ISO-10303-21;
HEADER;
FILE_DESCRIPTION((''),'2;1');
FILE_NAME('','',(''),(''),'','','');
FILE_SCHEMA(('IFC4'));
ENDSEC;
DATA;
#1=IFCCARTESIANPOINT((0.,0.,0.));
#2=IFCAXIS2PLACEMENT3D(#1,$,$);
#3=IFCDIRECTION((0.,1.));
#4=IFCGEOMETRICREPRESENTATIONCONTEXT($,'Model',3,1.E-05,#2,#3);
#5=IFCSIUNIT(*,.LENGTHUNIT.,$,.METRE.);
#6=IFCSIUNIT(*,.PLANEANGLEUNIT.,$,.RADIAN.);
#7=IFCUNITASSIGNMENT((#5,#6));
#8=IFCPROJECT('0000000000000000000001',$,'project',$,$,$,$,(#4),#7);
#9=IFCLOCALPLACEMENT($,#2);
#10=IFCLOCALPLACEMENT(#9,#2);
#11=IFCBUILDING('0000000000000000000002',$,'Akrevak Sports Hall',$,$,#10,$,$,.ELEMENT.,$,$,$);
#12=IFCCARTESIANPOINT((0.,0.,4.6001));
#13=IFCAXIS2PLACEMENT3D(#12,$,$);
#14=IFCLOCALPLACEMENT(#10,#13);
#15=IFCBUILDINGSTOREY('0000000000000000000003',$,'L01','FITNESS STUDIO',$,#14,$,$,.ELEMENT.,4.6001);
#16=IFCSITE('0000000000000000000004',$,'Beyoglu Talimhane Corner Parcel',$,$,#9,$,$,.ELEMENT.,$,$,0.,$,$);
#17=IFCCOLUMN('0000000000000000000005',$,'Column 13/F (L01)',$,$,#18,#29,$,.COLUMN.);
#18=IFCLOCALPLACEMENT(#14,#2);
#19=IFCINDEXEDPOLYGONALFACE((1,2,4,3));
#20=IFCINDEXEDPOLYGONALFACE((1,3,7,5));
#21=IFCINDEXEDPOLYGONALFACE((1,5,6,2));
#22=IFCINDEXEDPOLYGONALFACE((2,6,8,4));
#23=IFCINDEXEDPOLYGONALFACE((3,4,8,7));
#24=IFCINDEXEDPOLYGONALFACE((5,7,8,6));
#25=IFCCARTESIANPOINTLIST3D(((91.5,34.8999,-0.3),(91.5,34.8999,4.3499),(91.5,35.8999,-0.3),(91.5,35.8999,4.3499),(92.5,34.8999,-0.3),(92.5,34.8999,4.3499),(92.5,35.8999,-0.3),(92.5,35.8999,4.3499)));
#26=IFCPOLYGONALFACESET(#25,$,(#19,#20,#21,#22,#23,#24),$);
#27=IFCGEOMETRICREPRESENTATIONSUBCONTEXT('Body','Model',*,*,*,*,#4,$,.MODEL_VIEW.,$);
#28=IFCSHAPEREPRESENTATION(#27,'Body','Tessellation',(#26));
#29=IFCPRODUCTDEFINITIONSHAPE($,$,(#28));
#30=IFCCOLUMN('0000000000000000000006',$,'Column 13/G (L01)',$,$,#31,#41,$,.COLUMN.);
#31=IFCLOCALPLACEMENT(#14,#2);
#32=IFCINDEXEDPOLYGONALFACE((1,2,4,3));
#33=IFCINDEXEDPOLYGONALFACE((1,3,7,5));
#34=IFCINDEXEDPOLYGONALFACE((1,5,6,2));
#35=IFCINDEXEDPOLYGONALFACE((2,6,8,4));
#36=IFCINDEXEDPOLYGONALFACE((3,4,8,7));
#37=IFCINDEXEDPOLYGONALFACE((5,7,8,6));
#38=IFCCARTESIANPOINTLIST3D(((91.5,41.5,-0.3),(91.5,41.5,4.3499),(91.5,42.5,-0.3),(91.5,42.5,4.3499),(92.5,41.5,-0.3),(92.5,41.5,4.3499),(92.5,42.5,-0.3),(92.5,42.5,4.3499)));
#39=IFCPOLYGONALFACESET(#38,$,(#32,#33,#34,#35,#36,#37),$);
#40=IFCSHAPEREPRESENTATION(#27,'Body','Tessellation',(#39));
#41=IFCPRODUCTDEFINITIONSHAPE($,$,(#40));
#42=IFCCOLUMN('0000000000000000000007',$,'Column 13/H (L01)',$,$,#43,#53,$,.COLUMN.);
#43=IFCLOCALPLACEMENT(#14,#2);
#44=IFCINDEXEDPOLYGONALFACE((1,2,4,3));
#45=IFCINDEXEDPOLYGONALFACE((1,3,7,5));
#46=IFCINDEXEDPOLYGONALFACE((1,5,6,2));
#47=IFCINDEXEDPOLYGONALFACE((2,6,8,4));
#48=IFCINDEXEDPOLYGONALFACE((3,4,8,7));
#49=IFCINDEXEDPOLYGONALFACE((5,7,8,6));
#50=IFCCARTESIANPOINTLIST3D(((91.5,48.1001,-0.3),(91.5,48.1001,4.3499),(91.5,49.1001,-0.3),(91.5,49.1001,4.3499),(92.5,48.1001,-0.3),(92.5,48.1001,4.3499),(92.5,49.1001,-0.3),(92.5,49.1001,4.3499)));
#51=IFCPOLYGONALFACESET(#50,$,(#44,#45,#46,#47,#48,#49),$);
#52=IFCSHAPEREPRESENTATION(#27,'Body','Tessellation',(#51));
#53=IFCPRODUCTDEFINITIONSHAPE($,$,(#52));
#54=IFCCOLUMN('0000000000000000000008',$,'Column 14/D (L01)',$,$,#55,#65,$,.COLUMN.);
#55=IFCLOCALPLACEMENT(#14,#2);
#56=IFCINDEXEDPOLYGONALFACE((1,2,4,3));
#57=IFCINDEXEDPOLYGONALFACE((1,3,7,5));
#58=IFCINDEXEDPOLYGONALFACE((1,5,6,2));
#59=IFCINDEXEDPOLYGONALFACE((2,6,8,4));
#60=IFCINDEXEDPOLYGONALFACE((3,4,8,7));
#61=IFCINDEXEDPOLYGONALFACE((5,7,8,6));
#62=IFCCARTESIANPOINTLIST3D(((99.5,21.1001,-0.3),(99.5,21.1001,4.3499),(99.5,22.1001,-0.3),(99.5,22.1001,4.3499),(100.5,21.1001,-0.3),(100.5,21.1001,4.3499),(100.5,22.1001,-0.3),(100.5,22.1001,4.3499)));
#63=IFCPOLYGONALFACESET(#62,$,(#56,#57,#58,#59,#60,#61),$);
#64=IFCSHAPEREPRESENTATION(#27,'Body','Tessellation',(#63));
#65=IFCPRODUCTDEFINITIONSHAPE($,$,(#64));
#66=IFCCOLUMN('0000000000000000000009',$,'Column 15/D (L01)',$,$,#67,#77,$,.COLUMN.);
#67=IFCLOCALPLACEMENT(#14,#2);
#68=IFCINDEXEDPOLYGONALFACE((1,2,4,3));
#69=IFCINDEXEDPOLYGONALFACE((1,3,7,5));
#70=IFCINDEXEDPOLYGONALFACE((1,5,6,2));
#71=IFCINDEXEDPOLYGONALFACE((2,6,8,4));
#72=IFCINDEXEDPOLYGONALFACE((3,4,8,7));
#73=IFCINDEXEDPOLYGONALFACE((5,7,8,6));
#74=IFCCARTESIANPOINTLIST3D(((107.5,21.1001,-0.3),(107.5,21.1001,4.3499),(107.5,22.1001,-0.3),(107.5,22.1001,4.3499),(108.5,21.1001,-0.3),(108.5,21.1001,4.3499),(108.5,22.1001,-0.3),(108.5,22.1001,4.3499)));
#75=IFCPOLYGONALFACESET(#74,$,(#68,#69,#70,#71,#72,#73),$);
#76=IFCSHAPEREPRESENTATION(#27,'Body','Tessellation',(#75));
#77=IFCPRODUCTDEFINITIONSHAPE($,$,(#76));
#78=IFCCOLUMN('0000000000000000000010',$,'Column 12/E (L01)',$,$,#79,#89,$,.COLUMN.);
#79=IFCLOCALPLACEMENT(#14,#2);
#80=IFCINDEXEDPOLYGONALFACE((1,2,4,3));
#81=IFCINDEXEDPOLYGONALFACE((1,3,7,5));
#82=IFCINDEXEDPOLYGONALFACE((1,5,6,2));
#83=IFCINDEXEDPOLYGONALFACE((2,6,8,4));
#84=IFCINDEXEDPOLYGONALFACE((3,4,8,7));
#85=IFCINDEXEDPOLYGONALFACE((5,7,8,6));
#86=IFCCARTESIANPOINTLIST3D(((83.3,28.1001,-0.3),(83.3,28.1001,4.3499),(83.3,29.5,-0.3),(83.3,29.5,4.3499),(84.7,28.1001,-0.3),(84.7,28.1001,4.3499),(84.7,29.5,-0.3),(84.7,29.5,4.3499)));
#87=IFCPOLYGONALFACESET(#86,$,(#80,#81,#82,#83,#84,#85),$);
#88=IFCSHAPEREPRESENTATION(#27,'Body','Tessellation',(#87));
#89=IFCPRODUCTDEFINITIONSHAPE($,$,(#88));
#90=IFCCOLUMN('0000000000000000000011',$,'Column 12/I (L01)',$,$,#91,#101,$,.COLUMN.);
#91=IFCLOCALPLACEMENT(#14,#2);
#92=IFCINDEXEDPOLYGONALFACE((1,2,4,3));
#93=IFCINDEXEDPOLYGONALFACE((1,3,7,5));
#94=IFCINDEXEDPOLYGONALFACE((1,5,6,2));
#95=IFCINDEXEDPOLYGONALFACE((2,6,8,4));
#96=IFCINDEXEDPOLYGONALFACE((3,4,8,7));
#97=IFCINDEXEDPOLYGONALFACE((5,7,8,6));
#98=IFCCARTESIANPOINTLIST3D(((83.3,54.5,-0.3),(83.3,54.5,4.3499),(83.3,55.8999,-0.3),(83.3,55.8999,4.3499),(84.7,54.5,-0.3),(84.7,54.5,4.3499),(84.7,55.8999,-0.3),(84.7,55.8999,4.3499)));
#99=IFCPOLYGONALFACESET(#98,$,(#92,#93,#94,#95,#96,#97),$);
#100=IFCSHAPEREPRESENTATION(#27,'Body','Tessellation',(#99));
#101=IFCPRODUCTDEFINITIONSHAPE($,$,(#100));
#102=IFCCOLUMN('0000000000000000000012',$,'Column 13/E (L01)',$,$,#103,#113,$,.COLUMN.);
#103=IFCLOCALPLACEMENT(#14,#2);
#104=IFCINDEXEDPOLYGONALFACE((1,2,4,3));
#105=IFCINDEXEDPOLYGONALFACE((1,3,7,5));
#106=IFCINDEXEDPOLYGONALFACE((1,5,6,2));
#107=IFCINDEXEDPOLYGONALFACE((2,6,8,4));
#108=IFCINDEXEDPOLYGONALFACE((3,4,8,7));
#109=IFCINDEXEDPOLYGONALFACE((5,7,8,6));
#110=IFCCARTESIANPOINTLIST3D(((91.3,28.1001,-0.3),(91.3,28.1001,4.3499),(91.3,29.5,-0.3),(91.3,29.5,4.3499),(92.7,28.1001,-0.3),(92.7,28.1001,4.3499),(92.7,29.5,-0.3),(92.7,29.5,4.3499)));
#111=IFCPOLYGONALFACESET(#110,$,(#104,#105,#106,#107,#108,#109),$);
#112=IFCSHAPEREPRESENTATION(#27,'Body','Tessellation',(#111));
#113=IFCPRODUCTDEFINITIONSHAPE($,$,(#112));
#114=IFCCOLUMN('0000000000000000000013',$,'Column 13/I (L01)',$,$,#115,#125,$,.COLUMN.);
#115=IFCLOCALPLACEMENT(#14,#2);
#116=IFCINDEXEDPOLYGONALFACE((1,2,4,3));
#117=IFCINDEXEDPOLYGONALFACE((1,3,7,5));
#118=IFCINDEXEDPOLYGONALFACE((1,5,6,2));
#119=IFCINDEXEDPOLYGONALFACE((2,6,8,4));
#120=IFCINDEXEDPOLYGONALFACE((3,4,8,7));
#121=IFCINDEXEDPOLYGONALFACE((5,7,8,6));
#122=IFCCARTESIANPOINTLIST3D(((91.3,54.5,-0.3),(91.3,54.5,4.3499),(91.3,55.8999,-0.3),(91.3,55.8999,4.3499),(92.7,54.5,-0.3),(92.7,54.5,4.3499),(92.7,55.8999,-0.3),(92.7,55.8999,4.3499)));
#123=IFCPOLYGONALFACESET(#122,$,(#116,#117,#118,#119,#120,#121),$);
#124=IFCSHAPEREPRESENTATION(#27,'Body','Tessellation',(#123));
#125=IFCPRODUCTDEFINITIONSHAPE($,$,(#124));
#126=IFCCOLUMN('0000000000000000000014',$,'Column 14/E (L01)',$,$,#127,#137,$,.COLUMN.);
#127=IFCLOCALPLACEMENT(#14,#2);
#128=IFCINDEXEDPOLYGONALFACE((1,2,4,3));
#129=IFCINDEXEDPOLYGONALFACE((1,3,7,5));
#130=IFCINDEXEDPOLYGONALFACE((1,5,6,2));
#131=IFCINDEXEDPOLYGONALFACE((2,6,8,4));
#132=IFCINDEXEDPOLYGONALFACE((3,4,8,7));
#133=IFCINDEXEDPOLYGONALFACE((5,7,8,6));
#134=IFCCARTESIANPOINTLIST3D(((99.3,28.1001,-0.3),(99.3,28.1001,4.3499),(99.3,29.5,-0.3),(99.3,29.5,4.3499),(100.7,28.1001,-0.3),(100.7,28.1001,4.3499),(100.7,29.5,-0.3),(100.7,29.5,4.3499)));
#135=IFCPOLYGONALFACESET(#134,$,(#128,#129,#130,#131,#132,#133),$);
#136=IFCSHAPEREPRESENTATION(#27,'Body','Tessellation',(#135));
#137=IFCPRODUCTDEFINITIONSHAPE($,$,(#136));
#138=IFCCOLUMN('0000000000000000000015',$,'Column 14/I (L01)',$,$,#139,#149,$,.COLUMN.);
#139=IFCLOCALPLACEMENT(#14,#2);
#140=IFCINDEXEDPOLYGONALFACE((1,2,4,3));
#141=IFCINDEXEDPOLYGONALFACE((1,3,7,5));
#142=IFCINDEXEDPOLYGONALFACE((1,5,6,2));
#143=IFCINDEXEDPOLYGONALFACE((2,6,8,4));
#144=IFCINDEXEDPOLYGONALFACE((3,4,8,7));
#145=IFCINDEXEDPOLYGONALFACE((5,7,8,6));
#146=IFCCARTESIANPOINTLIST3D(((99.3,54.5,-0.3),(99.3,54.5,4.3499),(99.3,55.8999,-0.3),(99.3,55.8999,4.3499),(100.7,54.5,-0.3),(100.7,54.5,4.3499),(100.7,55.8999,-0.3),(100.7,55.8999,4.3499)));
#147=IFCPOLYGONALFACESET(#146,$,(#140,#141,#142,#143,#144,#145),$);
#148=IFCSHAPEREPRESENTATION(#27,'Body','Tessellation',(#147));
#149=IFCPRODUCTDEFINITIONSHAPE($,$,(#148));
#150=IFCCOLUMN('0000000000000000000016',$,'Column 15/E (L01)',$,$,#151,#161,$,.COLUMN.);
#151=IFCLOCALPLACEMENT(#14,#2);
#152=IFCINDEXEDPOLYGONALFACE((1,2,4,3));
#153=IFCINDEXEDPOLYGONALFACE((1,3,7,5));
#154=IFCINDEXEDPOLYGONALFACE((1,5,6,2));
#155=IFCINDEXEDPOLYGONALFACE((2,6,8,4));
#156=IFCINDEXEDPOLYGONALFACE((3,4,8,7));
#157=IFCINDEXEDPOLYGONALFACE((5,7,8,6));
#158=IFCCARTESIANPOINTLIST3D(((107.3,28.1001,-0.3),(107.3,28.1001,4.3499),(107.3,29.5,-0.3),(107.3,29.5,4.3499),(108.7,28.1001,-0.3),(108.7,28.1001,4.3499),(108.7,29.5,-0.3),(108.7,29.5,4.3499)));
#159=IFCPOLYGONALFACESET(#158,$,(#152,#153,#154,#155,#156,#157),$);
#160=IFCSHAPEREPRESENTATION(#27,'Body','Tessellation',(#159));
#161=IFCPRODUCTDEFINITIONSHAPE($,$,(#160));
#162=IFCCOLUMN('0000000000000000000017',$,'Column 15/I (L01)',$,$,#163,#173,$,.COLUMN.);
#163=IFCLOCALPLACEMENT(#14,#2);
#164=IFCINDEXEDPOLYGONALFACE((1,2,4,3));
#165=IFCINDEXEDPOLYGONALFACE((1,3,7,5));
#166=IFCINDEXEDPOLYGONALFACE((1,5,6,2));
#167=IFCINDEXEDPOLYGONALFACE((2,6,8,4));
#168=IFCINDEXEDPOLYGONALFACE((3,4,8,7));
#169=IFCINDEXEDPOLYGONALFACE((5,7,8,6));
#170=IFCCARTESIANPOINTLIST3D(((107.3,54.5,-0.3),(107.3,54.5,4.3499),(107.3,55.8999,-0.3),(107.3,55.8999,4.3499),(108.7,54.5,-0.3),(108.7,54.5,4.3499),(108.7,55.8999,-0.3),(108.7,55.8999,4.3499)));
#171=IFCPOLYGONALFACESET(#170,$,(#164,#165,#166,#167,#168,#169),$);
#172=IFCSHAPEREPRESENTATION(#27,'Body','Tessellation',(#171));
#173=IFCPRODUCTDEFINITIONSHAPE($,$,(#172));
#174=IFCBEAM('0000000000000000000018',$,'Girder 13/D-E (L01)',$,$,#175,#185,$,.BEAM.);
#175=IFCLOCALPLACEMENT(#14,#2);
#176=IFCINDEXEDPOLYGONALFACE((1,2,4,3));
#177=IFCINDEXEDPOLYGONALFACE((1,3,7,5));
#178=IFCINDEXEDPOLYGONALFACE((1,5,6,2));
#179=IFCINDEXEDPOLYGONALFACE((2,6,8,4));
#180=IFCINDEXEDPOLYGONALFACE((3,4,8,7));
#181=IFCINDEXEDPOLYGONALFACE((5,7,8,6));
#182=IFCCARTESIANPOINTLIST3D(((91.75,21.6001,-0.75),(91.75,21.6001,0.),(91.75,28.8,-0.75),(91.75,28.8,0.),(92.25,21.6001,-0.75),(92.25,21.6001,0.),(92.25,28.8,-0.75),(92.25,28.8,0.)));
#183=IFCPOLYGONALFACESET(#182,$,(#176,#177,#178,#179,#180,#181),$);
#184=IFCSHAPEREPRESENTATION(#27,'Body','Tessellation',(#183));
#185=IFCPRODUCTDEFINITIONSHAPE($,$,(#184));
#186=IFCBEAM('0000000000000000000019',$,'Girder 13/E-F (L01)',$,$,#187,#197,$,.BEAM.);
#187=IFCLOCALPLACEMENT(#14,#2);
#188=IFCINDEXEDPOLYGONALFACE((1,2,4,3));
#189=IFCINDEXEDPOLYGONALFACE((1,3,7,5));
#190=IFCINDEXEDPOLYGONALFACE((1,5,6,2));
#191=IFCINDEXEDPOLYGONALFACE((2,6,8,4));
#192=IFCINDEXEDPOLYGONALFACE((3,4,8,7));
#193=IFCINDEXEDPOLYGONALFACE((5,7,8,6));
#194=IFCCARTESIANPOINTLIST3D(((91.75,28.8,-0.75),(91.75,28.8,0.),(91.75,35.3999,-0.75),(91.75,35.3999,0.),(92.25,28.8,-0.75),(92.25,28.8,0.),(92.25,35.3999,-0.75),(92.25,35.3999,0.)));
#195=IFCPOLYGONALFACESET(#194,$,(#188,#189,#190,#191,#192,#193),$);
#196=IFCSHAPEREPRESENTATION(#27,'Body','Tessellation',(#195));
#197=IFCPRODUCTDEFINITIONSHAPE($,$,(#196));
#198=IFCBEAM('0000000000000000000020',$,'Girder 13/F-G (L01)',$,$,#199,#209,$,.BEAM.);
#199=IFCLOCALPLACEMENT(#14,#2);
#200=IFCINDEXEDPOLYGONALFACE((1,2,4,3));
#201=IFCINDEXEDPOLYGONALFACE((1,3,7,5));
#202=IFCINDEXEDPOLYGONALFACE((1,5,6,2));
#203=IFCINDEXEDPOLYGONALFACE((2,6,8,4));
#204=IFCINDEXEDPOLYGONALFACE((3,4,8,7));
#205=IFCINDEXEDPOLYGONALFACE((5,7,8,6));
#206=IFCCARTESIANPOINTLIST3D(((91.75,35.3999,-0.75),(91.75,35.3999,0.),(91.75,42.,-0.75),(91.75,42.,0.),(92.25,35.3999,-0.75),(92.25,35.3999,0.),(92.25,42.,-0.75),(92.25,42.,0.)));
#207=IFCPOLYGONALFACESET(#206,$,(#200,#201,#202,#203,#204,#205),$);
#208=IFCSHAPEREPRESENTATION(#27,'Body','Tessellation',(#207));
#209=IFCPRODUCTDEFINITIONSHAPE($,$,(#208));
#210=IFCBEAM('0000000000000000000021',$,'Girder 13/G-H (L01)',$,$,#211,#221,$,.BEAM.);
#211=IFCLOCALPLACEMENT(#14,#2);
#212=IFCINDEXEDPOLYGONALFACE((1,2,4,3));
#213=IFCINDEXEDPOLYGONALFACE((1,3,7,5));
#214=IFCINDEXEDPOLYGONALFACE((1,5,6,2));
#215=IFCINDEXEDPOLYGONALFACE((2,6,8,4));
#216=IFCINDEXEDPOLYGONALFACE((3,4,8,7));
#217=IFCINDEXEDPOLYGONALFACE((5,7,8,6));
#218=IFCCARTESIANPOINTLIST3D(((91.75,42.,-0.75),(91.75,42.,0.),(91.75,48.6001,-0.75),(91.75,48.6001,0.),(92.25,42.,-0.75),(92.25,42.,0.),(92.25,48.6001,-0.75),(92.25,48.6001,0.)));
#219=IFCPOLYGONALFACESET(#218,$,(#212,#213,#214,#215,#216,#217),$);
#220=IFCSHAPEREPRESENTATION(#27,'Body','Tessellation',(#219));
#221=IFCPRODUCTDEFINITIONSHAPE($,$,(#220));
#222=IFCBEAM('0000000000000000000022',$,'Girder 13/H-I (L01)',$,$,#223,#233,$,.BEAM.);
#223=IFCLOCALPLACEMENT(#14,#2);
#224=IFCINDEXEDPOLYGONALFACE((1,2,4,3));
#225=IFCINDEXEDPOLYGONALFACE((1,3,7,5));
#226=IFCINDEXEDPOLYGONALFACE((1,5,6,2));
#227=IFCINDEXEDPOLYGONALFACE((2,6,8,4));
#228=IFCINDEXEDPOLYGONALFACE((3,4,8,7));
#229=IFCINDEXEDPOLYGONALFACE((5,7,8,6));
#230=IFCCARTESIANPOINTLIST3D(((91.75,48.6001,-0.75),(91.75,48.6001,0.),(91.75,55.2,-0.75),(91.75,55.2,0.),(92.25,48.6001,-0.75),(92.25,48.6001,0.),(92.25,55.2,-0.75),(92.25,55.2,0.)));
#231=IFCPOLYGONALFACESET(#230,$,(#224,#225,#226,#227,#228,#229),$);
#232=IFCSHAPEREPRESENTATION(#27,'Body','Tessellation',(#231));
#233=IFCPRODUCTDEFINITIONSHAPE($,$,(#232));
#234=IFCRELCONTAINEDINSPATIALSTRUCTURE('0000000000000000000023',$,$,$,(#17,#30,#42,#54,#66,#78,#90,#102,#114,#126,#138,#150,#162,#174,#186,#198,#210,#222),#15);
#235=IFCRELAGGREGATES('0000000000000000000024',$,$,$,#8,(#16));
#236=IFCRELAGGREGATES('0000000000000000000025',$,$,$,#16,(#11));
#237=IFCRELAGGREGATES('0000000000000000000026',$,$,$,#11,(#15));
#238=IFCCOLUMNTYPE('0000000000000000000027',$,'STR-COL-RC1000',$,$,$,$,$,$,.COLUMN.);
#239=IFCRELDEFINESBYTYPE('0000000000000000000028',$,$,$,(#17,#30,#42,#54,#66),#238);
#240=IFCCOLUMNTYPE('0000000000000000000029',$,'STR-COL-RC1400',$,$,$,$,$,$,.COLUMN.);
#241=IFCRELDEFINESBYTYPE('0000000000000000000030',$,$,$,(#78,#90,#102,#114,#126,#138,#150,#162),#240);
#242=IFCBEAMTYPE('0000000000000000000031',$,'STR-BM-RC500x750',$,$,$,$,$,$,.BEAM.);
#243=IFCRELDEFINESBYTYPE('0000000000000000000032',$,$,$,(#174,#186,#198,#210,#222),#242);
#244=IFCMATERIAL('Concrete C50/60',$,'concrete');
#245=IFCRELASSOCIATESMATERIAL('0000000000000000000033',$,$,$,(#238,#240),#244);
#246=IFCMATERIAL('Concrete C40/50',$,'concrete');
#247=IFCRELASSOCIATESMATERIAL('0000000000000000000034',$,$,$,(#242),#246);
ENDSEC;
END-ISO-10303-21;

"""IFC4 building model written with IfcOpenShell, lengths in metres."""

from ifc_helpers import new_model, si_unit, direction, frame, origin, origin_2d, place, context, subcontext, project, spatial, rectangle, extrude, material, material_profile, profile_set, type_object, element, save


model = new_model("IFC4")

# Units and contexts
model_context = context("Model", 3, precision=1e-05, world=origin(), true_north=direction((0.0, 1.0)))
body_context = subcontext(model_context, "Body", "Model", "MODEL_VIEW")
ifc_project = project(units=[si_unit("LENGTHUNIT", "METRE"), si_unit("PLANEANGLEUNIT", "RADIAN")], contexts=[model_context])

# Site, building, storey
site_placement = place(None, origin())
site = spatial("IfcSite", under=ifc_project, at=site_placement, Name="Beyoglu Talimhane Corner Parcel", CompositionType="ELEMENT", RefElevation=0.0)
building_placement = place(site_placement, origin())
building = spatial("IfcBuilding", under=site, at=building_placement, Name="Akrevak Sports Hall", CompositionType="ELEMENT")
storey_placement = place(building_placement, frame((0.0, 0.0, 4.6001)))
storey = spatial("IfcBuildingStorey", under=building, at=storey_placement, Name="L01", Description="FITNESS STUDIO", CompositionType="ELEMENT", Elevation=4.6001)

# Columns
ifc_material_1 = material(Name="Concrete C50/60", Category="concrete")
ifc_material_profile_1 = material_profile(ifc_material_1, rectangle(XDim=1.0, YDim=1.0, at=origin_2d()), Name="RC 1000x1000", Category="concrete")
ifc_profile_set_1 = profile_set([ifc_material_profile_1], Name="Concrete C50/60")
column_type_1 = type_object("IfcColumnType", Name="STR-COL-RC1000", PredefinedType="COLUMN", material=ifc_profile_set_1)
for number, where, z_axis, x_axis, name in (
    (1, (92.0, 35.3999, -0.3), (0.0, 0.0, 1.0), (1.0, 0.0, 0.0), "Column 13/F (L01)"),
    (2, (92.0, 42.0, -0.3), (0.0, 0.0, 1.0), (1.0, 0.0, 0.0), "Column 13/G (L01)"),
    (3, (92.0, 48.6001, -0.3), (0.0, 0.0, 1.0), (1.0, 0.0, 0.0), "Column 13/H (L01)"),
    (4, (100.0, 21.6001, -0.3), (0.0, 0.0, 1.0), (1.0, 0.0, 0.0), "Column 14/D (L01)"),
    (5, (108.0, 21.6001, -0.3), (0.0, 0.0, 1.0), (1.0, 0.0, 0.0), "Column 15/D (L01)"),
):
    element("IfcColumn", number, at=place(storey_placement, frame(where, z_axis=z_axis, x_axis=x_axis)), inside=storey, type_object=column_type_1, Name=name, PredefinedType="COLUMN", context=body_context, shape_type="SweptSolid", body=[
        extrude(rectangle(XDim=1.0, YDim=1.0, at=origin_2d()), origin(), (0.0, 0.0, 1.0), 4.6499),
    ])
ifc_material_profile_2 = material_profile(ifc_material_1, rectangle(XDim=1.3999, YDim=1.3999, at=origin_2d()), Name="RC 1400x1400", Category="concrete")
ifc_profile_set_2 = profile_set([ifc_material_profile_2], Name="Concrete C50/60")
column_type_2 = type_object("IfcColumnType", Name="STR-COL-RC1400", PredefinedType="COLUMN", material=ifc_profile_set_2)
for number, where, z_axis, x_axis, name in (
    (6, (84.0, 28.8, -0.3), (0.0, 0.0, 1.0), (1.0, 0.0, 0.0), "Column 12/E (L01)"),
    (7, (84.0, 55.2, -0.3), (0.0, 0.0, 1.0), (1.0, 0.0, 0.0), "Column 12/I (L01)"),
    (8, (92.0, 28.8, -0.3), (0.0, 0.0, 1.0), (1.0, 0.0, 0.0), "Column 13/E (L01)"),
    (9, (92.0, 55.2, -0.3), (0.0, 0.0, 1.0), (1.0, 0.0, 0.0), "Column 13/I (L01)"),
    (10, (100.0, 28.8, -0.3), (0.0, 0.0, 1.0), (1.0, 0.0, 0.0), "Column 14/E (L01)"),
    (11, (100.0, 55.2, -0.3), (0.0, 0.0, 1.0), (1.0, 0.0, 0.0), "Column 14/I (L01)"),
    (12, (108.0, 28.8, -0.3), (0.0, 0.0, 1.0), (1.0, 0.0, 0.0), "Column 15/E (L01)"),
    (13, (108.0, 55.2, -0.3), (0.0, 0.0, 1.0), (1.0, 0.0, 0.0), "Column 15/I (L01)"),
):
    element("IfcColumn", number, at=place(storey_placement, frame(where, z_axis=z_axis, x_axis=x_axis)), inside=storey, type_object=column_type_2, Name=name, PredefinedType="COLUMN", context=body_context, shape_type="SweptSolid", body=[
        extrude(rectangle(XDim=1.3999, YDim=1.3999, at=origin_2d()), origin(), (0.0, 0.0, 1.0), 4.6499),
    ])

# Beams
ifc_material_2 = material(Name="Concrete C40/50", Category="concrete")
ifc_material_profile_3 = material_profile(ifc_material_2, rectangle(XDim=0.5, YDim=0.75, at=origin_2d()), Name="BM 500x750", Category="concrete")
ifc_profile_set_3 = profile_set([ifc_material_profile_3], Name="Concrete C40/50")
beam_type_1 = type_object("IfcBeamType", Name="STR-BM-RC500x750", PredefinedType="BEAM", material=ifc_profile_set_3)
beam_1_placement = place(storey_placement, frame((92.0, 21.6001, -0.375), z_axis=(0.0, 1.0, 0.0), x_axis=(-1.0, 0.0, 0.0)))
element("IfcBeam", 14, at=beam_1_placement, inside=storey, type_object=beam_type_1, Name="Girder 13/D-E (L01)", PredefinedType="BEAM", context=body_context, shape_type="SweptSolid", body=[
    extrude(rectangle(XDim=0.5, YDim=0.75, at=origin_2d()), origin(), (0.0, 0.0, 1.0), 7.2),
])
beam_2_placement = place(storey_placement, frame((92.0, 28.8, -0.375), z_axis=(0.0, 1.0, 0.0), x_axis=(-1.0, 0.0, 0.0)))
element("IfcBeam", 15, at=beam_2_placement, inside=storey, type_object=beam_type_1, Name="Girder 13/E-F (L01)", PredefinedType="BEAM", context=body_context, shape_type="SweptSolid", body=[
    extrude(rectangle(XDim=0.5, YDim=0.75, at=origin_2d()), origin(), (0.0, 0.0, 1.0), 6.5999),
])
for number, where, z_axis, x_axis, name in (
    (16, (92.0, 35.3999, -0.375), (0.0, 1.0, 0.0), (-1.0, 0.0, 0.0), "Girder 13/F-G (L01)"),
    (17, (92.0, 42.0, -0.375), (0.0, 1.0, 0.0), (-1.0, 0.0, 0.0), "Girder 13/G-H (L01)"),
):
    element("IfcBeam", number, at=place(storey_placement, frame(where, z_axis=z_axis, x_axis=x_axis)), inside=storey, type_object=beam_type_1, Name=name, PredefinedType="BEAM", context=body_context, shape_type="SweptSolid", body=[
        extrude(rectangle(XDim=0.5, YDim=0.75, at=origin_2d()), origin(), (0.0, 0.0, 1.0), 6.6001),
    ])
beam_3_placement = place(storey_placement, frame((92.0, 48.6001, -0.375), z_axis=(0.0, 1.0, 0.0), x_axis=(-1.0, 0.0, 0.0)))
element("IfcBeam", 18, at=beam_3_placement, inside=storey, type_object=beam_type_1, Name="Girder 13/H-I (L01)", PredefinedType="BEAM", context=body_context, shape_type="SweptSolid", body=[
    extrude(rectangle(XDim=0.5, YDim=0.75, at=origin_2d()), origin(), (0.0, 0.0, 1.0), 6.5999),
])

save(model, "model.ifc")
